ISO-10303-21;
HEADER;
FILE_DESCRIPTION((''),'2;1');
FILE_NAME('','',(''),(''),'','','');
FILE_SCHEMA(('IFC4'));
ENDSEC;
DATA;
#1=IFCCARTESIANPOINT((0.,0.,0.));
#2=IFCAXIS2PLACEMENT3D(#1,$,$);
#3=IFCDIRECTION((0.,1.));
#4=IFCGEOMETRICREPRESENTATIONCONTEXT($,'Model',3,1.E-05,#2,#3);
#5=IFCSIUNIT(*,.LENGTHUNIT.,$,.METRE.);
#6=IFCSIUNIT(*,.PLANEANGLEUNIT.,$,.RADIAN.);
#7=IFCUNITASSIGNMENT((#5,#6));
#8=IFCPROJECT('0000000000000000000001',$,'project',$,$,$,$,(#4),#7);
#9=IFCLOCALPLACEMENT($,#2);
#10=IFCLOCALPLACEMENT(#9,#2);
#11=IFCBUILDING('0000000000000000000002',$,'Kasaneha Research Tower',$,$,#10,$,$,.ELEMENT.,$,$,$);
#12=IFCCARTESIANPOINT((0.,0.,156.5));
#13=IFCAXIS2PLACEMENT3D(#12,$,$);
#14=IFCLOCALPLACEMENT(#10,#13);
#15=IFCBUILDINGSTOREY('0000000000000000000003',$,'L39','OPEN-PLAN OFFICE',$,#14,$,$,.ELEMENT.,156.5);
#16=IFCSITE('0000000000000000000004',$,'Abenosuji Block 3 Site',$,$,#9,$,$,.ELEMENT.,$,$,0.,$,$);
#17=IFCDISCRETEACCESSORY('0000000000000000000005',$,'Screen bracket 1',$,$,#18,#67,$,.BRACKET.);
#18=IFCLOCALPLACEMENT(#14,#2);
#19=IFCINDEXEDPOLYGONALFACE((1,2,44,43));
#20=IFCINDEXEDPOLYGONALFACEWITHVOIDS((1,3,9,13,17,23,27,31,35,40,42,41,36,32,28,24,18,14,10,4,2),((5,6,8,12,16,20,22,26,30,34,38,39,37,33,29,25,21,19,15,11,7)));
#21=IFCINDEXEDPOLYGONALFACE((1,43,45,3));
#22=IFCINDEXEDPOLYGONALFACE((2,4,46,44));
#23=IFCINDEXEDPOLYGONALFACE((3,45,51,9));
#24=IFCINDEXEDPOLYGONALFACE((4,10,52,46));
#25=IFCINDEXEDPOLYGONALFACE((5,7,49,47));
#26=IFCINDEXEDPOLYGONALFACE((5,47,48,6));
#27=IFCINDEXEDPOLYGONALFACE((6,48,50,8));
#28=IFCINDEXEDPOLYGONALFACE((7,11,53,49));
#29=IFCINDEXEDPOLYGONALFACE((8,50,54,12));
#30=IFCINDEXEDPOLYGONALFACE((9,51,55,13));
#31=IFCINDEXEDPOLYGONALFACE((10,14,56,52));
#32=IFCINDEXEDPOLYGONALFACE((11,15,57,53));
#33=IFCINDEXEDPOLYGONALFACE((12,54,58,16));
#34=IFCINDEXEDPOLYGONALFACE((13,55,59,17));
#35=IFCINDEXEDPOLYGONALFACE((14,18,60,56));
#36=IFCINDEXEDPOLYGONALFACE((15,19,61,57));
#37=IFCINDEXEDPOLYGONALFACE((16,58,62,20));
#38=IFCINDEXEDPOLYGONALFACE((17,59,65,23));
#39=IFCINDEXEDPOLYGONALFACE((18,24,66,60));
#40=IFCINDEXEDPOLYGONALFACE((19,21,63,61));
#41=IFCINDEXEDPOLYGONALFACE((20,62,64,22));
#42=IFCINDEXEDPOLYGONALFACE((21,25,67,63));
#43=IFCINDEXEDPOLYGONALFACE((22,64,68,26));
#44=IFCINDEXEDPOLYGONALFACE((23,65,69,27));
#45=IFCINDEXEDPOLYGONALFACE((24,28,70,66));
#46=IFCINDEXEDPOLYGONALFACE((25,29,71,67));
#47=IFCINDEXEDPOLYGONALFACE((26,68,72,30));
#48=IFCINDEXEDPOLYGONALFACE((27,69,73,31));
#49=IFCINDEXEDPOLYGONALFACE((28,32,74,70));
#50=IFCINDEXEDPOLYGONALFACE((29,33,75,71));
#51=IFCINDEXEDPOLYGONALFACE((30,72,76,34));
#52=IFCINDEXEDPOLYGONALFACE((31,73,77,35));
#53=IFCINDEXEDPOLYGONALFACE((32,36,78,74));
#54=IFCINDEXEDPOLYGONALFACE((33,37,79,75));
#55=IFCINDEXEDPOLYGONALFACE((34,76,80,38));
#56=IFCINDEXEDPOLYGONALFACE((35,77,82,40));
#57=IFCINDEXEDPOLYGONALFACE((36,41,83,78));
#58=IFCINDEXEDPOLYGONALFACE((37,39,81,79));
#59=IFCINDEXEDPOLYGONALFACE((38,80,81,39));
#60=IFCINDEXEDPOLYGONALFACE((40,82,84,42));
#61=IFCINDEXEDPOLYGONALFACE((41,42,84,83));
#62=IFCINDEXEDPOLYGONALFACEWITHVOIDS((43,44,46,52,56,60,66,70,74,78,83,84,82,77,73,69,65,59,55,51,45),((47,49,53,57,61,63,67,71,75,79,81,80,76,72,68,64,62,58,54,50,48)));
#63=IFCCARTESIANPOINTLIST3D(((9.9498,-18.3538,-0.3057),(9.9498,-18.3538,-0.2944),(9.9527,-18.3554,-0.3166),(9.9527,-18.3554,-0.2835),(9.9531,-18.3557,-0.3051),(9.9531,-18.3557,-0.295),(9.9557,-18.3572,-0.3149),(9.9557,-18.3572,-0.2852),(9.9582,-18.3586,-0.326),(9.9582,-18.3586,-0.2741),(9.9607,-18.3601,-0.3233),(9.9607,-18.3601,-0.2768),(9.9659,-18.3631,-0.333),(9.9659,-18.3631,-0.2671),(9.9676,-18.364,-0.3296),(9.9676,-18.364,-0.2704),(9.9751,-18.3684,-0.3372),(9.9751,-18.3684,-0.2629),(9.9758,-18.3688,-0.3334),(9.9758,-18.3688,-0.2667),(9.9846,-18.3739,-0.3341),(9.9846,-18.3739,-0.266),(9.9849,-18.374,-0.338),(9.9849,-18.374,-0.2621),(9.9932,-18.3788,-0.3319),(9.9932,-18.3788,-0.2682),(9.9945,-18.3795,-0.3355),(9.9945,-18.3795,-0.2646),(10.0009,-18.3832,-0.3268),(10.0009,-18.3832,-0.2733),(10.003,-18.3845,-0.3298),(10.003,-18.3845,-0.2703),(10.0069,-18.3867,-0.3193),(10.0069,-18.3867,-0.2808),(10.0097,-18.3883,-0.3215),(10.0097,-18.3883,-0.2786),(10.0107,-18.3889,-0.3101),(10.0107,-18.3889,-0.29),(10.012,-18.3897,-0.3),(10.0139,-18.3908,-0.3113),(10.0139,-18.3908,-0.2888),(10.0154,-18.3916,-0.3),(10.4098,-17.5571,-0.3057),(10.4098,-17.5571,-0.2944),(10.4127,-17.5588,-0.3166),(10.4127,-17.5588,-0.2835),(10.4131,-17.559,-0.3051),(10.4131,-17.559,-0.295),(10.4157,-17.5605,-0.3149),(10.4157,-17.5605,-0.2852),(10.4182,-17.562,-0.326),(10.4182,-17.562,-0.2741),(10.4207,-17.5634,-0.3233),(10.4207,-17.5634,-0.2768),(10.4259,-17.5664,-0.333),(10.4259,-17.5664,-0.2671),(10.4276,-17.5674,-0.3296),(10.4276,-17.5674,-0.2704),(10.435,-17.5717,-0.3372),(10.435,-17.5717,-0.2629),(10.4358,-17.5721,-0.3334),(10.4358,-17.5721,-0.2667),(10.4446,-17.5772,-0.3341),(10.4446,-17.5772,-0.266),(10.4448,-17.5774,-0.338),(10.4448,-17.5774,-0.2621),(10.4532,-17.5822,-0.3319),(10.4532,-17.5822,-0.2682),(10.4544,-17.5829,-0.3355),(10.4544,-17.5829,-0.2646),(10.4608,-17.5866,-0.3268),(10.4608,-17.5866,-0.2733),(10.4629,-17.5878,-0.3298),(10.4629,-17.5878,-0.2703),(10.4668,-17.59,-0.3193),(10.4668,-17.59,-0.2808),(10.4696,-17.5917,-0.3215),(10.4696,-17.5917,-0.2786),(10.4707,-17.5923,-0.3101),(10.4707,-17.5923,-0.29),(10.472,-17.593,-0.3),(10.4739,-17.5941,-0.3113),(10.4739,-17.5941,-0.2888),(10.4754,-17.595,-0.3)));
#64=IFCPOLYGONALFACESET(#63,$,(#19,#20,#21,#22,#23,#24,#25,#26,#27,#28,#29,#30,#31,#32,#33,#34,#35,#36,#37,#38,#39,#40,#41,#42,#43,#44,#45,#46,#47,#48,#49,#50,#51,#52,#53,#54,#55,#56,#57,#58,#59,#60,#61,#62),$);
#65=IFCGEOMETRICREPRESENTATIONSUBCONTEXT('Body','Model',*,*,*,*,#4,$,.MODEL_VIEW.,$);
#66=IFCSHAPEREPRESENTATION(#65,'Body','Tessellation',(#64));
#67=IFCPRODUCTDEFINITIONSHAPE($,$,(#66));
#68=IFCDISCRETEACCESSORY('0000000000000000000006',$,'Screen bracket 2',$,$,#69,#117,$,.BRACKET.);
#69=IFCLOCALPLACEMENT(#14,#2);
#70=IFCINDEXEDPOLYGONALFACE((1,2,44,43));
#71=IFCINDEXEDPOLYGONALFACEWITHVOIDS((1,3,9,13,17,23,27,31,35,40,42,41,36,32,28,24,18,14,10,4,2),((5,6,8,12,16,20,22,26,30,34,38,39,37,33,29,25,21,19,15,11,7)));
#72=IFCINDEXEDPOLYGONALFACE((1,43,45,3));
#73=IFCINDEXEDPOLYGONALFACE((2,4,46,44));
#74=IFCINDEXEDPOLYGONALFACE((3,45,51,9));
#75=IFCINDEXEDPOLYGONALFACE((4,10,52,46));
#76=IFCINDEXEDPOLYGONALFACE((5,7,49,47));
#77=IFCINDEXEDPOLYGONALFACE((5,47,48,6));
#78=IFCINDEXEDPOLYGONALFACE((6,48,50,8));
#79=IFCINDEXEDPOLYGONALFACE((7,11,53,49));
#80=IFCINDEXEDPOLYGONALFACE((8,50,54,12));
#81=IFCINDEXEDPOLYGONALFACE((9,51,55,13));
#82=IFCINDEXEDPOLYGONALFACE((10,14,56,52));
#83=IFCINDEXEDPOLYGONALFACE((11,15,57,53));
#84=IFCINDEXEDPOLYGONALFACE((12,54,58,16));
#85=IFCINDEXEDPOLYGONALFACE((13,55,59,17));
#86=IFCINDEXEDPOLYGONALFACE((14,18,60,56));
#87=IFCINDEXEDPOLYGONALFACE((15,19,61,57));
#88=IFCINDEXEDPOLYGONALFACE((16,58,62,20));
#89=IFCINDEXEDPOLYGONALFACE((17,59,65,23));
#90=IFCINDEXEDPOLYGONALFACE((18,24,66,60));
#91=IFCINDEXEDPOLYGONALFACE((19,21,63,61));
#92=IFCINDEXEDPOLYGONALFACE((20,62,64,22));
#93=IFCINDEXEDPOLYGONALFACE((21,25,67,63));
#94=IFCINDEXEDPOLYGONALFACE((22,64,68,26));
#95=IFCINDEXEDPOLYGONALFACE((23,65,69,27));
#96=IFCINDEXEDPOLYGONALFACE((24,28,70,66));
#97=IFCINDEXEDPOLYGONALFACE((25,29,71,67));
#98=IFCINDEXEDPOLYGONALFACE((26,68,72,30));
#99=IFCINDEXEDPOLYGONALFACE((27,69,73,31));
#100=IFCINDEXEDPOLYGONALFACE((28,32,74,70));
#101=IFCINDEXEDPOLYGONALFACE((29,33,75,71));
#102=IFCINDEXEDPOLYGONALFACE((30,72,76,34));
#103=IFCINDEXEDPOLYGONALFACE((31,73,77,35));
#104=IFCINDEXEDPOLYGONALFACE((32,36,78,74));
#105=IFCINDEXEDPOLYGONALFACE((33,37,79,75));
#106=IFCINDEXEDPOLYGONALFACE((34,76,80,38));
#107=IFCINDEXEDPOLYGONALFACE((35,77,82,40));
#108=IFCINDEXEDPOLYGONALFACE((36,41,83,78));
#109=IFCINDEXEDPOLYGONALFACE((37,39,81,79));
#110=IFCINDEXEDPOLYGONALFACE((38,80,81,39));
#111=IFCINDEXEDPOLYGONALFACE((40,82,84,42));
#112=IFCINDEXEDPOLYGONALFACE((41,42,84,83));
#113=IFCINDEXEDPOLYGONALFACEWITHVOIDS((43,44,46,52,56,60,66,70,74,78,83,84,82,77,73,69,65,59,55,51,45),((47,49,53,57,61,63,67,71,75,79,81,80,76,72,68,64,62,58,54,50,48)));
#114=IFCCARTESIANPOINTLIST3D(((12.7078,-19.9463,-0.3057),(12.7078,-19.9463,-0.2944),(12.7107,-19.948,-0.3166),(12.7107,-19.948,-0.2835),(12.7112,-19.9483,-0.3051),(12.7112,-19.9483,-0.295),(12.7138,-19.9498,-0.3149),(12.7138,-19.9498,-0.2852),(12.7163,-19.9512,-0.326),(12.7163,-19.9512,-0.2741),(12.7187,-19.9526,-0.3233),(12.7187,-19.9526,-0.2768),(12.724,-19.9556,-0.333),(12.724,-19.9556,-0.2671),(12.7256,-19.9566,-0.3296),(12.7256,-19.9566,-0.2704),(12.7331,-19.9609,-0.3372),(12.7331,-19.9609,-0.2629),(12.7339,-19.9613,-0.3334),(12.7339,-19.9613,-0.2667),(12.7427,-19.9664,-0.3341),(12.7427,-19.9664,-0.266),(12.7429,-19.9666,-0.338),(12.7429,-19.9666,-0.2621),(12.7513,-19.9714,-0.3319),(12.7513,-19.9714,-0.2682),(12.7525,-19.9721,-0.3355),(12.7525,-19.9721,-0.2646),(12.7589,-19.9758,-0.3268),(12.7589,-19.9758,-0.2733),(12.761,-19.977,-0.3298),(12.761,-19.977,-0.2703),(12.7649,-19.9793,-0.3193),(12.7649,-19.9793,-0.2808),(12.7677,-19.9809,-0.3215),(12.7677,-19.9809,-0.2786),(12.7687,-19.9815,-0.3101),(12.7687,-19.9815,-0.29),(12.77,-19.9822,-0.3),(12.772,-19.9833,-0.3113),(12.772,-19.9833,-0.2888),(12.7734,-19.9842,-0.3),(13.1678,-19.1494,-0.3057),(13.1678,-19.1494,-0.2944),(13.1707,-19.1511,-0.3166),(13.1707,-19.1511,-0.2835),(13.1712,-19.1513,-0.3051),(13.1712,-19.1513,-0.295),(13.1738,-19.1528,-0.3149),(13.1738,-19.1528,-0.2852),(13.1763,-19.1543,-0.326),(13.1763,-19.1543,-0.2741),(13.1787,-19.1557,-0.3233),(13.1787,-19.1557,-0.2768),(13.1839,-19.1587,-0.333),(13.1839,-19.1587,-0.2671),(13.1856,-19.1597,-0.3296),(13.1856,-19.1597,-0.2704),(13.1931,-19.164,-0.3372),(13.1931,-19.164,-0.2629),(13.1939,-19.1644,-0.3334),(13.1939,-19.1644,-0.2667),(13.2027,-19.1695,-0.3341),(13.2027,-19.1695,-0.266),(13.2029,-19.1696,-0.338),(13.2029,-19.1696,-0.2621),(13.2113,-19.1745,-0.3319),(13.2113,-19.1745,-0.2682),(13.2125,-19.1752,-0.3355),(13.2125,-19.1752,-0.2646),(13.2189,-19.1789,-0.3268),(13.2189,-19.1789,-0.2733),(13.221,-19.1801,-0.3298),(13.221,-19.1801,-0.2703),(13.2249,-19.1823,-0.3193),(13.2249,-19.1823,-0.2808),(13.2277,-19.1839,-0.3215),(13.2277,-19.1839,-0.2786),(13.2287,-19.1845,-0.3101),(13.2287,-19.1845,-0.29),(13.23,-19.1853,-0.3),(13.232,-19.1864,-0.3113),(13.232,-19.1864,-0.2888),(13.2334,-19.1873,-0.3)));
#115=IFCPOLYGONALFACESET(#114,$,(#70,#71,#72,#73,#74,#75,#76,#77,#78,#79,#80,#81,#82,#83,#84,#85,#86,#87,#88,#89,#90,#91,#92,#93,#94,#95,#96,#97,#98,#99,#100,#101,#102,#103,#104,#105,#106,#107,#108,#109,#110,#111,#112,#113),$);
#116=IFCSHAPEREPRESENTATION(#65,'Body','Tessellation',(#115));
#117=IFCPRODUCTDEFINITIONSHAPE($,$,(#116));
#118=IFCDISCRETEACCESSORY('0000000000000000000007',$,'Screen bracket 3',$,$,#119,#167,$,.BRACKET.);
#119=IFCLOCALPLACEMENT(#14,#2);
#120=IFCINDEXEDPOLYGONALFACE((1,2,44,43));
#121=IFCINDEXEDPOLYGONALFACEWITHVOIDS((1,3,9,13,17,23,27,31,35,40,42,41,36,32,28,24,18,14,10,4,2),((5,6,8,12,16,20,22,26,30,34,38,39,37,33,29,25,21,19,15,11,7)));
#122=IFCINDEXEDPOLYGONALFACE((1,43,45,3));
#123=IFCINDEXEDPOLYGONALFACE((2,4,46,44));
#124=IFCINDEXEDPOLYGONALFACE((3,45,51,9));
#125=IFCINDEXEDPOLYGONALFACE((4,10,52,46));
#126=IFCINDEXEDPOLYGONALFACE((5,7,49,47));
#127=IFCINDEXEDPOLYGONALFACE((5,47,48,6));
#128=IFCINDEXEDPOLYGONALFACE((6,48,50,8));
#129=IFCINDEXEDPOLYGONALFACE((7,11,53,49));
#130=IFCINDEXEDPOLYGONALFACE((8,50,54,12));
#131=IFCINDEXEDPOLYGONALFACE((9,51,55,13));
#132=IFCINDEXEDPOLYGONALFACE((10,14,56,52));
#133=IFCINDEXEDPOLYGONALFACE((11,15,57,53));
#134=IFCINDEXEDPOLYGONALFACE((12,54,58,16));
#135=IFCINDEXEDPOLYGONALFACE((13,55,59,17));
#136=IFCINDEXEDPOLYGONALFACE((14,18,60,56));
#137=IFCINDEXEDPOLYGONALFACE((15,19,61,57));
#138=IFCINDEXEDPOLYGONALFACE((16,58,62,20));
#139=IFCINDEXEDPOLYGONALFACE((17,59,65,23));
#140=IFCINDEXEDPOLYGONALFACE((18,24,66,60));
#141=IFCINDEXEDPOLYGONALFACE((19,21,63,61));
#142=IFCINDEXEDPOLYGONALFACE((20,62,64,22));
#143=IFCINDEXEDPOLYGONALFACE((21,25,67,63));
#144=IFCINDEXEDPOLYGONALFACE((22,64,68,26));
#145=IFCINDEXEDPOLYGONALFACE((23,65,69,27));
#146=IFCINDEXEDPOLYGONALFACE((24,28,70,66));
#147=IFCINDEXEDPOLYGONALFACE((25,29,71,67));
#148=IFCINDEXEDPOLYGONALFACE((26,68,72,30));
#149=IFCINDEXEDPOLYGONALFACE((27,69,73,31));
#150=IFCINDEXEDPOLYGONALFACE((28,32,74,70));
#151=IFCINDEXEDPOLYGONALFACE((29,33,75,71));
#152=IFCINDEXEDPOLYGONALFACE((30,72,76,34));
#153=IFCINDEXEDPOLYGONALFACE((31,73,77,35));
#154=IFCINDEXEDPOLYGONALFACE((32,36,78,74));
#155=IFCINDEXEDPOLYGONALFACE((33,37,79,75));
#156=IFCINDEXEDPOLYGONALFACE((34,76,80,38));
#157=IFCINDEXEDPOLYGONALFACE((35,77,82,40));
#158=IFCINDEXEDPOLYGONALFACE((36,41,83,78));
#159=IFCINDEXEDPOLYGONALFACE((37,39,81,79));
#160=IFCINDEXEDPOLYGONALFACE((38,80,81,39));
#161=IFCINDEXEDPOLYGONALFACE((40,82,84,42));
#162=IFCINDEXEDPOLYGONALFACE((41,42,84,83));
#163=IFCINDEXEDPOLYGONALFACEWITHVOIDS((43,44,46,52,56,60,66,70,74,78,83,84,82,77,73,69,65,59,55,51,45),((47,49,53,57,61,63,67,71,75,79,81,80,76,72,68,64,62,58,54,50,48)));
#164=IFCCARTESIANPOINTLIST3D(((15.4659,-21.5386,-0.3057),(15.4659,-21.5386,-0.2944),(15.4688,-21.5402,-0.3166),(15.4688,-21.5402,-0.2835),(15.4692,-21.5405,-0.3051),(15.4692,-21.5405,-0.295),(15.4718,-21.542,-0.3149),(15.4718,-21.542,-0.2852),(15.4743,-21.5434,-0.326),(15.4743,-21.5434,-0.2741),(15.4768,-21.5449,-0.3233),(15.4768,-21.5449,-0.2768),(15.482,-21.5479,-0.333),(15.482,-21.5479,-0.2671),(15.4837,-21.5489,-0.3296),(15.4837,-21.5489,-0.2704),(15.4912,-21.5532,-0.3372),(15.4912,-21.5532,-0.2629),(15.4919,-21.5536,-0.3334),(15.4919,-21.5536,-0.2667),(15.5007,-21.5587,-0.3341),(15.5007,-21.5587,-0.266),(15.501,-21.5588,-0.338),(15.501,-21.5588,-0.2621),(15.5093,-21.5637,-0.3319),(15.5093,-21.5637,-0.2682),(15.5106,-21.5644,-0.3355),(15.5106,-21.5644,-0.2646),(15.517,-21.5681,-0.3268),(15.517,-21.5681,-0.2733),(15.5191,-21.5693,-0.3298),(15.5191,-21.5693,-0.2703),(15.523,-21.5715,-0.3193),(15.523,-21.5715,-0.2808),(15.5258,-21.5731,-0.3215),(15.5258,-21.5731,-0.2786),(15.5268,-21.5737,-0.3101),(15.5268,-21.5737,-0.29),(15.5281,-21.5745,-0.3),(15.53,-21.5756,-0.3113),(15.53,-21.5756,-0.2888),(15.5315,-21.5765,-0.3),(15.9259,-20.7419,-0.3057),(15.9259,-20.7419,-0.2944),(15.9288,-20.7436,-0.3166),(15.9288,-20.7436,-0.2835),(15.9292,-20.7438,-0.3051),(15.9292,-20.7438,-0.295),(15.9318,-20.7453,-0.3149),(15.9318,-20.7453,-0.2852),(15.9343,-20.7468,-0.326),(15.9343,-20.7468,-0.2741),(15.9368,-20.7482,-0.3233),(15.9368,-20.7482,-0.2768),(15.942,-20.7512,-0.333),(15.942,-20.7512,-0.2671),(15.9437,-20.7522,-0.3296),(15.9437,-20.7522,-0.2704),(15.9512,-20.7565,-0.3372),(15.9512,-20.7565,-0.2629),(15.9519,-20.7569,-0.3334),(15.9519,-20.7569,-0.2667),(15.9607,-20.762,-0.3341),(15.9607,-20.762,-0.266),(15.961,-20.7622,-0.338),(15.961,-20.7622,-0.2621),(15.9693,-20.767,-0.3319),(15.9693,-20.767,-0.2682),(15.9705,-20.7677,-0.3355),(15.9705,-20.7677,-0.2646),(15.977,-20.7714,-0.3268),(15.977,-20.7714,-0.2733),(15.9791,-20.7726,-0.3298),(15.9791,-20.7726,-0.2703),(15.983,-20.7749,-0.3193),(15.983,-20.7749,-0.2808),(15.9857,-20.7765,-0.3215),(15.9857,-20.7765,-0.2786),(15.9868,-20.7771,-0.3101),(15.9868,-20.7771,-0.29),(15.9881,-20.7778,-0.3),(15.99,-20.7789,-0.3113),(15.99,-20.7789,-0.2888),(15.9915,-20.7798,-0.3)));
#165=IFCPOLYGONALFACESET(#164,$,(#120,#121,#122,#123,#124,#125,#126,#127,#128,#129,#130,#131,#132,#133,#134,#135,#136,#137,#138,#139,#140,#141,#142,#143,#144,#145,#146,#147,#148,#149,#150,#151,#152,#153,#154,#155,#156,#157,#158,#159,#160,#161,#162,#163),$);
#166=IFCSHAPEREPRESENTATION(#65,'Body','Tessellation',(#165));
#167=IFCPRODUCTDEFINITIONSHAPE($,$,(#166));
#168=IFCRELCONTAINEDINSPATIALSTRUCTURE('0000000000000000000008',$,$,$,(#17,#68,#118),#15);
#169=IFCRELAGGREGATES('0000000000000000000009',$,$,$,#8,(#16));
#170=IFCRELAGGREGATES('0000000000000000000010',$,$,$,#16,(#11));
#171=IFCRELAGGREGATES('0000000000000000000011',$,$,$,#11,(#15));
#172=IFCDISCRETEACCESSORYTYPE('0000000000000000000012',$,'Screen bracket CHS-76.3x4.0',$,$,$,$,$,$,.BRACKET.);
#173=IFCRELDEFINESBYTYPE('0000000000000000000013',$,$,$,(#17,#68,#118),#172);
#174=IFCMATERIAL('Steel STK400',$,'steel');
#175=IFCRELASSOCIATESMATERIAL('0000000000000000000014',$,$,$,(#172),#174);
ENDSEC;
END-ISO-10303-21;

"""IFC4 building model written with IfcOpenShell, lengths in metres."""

from ifc_helpers import new_model, si_unit, direction, frame, origin, origin_2d, place, context, subcontext, project, spatial, hollow_circle, extrude, material, material_profile, profile_set, type_object, element, save


model = new_model("IFC4")

# Units and contexts
model_context = context("Model", 3, precision=1e-05, world=origin(), true_north=direction((0.0, 1.0)))
body_context = subcontext(model_context, "Body", "Model", "MODEL_VIEW")
ifc_project = project(units=[si_unit("LENGTHUNIT", "METRE"), si_unit("PLANEANGLEUNIT", "RADIAN")], contexts=[model_context])

# Site, building, storey
site_placement = place(None, origin())
site = spatial("IfcSite", under=ifc_project, at=site_placement, Name="Abenosuji Block 3 Site", CompositionType="ELEMENT", RefElevation=0.0)
building_placement = place(site_placement, origin())
building = spatial("IfcBuilding", under=site, at=building_placement, Name="Kasaneha Research Tower", CompositionType="ELEMENT")
storey_placement = place(building_placement, frame((0.0, 0.0, 156.5)))
storey = spatial("IfcBuildingStorey", under=building, at=storey_placement, Name="L39", Description="OPEN-PLAN OFFICE", CompositionType="ELEMENT", Elevation=156.5)

# Discrete accessories
ifc_material_1 = material(Name="Steel STK400", Category="steel")
ifc_material_profile_1 = material_profile(ifc_material_1, hollow_circle(Radius=0.0381, WallThickness=0.0039, at=origin_2d()), Name="CHS-76.3x4.0")
ifc_profile_set_1 = profile_set([ifc_material_profile_1], Name="Steel STK400")
discrete_accessory_type = type_object("IfcDiscreteAccessoryType", Name="Screen bracket CHS-76.3x4.0", PredefinedType="BRACKET", material=ifc_profile_set_1)
for number, where, z_axis, x_axis, name in (
    (1, (10.4424, -17.5759, -0.3), (-0.500021, -0.866013, 0.0), (0.866013, -0.500021, 0.0), "Screen bracket 1"),
):
    element("IfcDiscreteAccessory", number, at=place(storey_placement, frame(where, z_axis=z_axis, x_axis=x_axis)), inside=storey, type_object=discrete_accessory_type, Name=name, PredefinedType="BRACKET", context=body_context, shape_type="SweptSolid", body=[
        extrude(hollow_circle(Radius=0.0381, WallThickness=0.0039, at=origin_2d()), origin(), (0.0, 0.0, 1.0), 0.9199),
    ])
discrete_accessory_1_placement = place(storey_placement, frame((13.2004, -19.1682, -0.3), z_axis=(-0.499906, -0.86608, 0.0), x_axis=(0.86608, -0.499906, 0.0)))
element("IfcDiscreteAccessory", 2, at=discrete_accessory_1_placement, inside=storey, type_object=discrete_accessory_type, Name="Screen bracket 2", PredefinedType="BRACKET", context=body_context, shape_type="SweptSolid", body=[
    extrude(hollow_circle(Radius=0.0381, WallThickness=0.0039, at=origin_2d()), origin(), (0.0, 0.0, 1.0), 0.9202),
])
discrete_accessory_2_placement = place(storey_placement, frame((15.9585, -20.7607, -0.3), z_axis=(-0.500021, -0.866013, 0.0), x_axis=(0.866013, -0.500021, 0.0)))
element("IfcDiscreteAccessory", 3, at=discrete_accessory_2_placement, inside=storey, type_object=discrete_accessory_type, Name="Screen bracket 3", PredefinedType="BRACKET", context=body_context, shape_type="SweptSolid", body=[
    extrude(hollow_circle(Radius=0.0381, WallThickness=0.0039, at=origin_2d()), origin(), (0.0, 0.0, 1.0), 0.9199),
])

save(model, "model.ifc")
